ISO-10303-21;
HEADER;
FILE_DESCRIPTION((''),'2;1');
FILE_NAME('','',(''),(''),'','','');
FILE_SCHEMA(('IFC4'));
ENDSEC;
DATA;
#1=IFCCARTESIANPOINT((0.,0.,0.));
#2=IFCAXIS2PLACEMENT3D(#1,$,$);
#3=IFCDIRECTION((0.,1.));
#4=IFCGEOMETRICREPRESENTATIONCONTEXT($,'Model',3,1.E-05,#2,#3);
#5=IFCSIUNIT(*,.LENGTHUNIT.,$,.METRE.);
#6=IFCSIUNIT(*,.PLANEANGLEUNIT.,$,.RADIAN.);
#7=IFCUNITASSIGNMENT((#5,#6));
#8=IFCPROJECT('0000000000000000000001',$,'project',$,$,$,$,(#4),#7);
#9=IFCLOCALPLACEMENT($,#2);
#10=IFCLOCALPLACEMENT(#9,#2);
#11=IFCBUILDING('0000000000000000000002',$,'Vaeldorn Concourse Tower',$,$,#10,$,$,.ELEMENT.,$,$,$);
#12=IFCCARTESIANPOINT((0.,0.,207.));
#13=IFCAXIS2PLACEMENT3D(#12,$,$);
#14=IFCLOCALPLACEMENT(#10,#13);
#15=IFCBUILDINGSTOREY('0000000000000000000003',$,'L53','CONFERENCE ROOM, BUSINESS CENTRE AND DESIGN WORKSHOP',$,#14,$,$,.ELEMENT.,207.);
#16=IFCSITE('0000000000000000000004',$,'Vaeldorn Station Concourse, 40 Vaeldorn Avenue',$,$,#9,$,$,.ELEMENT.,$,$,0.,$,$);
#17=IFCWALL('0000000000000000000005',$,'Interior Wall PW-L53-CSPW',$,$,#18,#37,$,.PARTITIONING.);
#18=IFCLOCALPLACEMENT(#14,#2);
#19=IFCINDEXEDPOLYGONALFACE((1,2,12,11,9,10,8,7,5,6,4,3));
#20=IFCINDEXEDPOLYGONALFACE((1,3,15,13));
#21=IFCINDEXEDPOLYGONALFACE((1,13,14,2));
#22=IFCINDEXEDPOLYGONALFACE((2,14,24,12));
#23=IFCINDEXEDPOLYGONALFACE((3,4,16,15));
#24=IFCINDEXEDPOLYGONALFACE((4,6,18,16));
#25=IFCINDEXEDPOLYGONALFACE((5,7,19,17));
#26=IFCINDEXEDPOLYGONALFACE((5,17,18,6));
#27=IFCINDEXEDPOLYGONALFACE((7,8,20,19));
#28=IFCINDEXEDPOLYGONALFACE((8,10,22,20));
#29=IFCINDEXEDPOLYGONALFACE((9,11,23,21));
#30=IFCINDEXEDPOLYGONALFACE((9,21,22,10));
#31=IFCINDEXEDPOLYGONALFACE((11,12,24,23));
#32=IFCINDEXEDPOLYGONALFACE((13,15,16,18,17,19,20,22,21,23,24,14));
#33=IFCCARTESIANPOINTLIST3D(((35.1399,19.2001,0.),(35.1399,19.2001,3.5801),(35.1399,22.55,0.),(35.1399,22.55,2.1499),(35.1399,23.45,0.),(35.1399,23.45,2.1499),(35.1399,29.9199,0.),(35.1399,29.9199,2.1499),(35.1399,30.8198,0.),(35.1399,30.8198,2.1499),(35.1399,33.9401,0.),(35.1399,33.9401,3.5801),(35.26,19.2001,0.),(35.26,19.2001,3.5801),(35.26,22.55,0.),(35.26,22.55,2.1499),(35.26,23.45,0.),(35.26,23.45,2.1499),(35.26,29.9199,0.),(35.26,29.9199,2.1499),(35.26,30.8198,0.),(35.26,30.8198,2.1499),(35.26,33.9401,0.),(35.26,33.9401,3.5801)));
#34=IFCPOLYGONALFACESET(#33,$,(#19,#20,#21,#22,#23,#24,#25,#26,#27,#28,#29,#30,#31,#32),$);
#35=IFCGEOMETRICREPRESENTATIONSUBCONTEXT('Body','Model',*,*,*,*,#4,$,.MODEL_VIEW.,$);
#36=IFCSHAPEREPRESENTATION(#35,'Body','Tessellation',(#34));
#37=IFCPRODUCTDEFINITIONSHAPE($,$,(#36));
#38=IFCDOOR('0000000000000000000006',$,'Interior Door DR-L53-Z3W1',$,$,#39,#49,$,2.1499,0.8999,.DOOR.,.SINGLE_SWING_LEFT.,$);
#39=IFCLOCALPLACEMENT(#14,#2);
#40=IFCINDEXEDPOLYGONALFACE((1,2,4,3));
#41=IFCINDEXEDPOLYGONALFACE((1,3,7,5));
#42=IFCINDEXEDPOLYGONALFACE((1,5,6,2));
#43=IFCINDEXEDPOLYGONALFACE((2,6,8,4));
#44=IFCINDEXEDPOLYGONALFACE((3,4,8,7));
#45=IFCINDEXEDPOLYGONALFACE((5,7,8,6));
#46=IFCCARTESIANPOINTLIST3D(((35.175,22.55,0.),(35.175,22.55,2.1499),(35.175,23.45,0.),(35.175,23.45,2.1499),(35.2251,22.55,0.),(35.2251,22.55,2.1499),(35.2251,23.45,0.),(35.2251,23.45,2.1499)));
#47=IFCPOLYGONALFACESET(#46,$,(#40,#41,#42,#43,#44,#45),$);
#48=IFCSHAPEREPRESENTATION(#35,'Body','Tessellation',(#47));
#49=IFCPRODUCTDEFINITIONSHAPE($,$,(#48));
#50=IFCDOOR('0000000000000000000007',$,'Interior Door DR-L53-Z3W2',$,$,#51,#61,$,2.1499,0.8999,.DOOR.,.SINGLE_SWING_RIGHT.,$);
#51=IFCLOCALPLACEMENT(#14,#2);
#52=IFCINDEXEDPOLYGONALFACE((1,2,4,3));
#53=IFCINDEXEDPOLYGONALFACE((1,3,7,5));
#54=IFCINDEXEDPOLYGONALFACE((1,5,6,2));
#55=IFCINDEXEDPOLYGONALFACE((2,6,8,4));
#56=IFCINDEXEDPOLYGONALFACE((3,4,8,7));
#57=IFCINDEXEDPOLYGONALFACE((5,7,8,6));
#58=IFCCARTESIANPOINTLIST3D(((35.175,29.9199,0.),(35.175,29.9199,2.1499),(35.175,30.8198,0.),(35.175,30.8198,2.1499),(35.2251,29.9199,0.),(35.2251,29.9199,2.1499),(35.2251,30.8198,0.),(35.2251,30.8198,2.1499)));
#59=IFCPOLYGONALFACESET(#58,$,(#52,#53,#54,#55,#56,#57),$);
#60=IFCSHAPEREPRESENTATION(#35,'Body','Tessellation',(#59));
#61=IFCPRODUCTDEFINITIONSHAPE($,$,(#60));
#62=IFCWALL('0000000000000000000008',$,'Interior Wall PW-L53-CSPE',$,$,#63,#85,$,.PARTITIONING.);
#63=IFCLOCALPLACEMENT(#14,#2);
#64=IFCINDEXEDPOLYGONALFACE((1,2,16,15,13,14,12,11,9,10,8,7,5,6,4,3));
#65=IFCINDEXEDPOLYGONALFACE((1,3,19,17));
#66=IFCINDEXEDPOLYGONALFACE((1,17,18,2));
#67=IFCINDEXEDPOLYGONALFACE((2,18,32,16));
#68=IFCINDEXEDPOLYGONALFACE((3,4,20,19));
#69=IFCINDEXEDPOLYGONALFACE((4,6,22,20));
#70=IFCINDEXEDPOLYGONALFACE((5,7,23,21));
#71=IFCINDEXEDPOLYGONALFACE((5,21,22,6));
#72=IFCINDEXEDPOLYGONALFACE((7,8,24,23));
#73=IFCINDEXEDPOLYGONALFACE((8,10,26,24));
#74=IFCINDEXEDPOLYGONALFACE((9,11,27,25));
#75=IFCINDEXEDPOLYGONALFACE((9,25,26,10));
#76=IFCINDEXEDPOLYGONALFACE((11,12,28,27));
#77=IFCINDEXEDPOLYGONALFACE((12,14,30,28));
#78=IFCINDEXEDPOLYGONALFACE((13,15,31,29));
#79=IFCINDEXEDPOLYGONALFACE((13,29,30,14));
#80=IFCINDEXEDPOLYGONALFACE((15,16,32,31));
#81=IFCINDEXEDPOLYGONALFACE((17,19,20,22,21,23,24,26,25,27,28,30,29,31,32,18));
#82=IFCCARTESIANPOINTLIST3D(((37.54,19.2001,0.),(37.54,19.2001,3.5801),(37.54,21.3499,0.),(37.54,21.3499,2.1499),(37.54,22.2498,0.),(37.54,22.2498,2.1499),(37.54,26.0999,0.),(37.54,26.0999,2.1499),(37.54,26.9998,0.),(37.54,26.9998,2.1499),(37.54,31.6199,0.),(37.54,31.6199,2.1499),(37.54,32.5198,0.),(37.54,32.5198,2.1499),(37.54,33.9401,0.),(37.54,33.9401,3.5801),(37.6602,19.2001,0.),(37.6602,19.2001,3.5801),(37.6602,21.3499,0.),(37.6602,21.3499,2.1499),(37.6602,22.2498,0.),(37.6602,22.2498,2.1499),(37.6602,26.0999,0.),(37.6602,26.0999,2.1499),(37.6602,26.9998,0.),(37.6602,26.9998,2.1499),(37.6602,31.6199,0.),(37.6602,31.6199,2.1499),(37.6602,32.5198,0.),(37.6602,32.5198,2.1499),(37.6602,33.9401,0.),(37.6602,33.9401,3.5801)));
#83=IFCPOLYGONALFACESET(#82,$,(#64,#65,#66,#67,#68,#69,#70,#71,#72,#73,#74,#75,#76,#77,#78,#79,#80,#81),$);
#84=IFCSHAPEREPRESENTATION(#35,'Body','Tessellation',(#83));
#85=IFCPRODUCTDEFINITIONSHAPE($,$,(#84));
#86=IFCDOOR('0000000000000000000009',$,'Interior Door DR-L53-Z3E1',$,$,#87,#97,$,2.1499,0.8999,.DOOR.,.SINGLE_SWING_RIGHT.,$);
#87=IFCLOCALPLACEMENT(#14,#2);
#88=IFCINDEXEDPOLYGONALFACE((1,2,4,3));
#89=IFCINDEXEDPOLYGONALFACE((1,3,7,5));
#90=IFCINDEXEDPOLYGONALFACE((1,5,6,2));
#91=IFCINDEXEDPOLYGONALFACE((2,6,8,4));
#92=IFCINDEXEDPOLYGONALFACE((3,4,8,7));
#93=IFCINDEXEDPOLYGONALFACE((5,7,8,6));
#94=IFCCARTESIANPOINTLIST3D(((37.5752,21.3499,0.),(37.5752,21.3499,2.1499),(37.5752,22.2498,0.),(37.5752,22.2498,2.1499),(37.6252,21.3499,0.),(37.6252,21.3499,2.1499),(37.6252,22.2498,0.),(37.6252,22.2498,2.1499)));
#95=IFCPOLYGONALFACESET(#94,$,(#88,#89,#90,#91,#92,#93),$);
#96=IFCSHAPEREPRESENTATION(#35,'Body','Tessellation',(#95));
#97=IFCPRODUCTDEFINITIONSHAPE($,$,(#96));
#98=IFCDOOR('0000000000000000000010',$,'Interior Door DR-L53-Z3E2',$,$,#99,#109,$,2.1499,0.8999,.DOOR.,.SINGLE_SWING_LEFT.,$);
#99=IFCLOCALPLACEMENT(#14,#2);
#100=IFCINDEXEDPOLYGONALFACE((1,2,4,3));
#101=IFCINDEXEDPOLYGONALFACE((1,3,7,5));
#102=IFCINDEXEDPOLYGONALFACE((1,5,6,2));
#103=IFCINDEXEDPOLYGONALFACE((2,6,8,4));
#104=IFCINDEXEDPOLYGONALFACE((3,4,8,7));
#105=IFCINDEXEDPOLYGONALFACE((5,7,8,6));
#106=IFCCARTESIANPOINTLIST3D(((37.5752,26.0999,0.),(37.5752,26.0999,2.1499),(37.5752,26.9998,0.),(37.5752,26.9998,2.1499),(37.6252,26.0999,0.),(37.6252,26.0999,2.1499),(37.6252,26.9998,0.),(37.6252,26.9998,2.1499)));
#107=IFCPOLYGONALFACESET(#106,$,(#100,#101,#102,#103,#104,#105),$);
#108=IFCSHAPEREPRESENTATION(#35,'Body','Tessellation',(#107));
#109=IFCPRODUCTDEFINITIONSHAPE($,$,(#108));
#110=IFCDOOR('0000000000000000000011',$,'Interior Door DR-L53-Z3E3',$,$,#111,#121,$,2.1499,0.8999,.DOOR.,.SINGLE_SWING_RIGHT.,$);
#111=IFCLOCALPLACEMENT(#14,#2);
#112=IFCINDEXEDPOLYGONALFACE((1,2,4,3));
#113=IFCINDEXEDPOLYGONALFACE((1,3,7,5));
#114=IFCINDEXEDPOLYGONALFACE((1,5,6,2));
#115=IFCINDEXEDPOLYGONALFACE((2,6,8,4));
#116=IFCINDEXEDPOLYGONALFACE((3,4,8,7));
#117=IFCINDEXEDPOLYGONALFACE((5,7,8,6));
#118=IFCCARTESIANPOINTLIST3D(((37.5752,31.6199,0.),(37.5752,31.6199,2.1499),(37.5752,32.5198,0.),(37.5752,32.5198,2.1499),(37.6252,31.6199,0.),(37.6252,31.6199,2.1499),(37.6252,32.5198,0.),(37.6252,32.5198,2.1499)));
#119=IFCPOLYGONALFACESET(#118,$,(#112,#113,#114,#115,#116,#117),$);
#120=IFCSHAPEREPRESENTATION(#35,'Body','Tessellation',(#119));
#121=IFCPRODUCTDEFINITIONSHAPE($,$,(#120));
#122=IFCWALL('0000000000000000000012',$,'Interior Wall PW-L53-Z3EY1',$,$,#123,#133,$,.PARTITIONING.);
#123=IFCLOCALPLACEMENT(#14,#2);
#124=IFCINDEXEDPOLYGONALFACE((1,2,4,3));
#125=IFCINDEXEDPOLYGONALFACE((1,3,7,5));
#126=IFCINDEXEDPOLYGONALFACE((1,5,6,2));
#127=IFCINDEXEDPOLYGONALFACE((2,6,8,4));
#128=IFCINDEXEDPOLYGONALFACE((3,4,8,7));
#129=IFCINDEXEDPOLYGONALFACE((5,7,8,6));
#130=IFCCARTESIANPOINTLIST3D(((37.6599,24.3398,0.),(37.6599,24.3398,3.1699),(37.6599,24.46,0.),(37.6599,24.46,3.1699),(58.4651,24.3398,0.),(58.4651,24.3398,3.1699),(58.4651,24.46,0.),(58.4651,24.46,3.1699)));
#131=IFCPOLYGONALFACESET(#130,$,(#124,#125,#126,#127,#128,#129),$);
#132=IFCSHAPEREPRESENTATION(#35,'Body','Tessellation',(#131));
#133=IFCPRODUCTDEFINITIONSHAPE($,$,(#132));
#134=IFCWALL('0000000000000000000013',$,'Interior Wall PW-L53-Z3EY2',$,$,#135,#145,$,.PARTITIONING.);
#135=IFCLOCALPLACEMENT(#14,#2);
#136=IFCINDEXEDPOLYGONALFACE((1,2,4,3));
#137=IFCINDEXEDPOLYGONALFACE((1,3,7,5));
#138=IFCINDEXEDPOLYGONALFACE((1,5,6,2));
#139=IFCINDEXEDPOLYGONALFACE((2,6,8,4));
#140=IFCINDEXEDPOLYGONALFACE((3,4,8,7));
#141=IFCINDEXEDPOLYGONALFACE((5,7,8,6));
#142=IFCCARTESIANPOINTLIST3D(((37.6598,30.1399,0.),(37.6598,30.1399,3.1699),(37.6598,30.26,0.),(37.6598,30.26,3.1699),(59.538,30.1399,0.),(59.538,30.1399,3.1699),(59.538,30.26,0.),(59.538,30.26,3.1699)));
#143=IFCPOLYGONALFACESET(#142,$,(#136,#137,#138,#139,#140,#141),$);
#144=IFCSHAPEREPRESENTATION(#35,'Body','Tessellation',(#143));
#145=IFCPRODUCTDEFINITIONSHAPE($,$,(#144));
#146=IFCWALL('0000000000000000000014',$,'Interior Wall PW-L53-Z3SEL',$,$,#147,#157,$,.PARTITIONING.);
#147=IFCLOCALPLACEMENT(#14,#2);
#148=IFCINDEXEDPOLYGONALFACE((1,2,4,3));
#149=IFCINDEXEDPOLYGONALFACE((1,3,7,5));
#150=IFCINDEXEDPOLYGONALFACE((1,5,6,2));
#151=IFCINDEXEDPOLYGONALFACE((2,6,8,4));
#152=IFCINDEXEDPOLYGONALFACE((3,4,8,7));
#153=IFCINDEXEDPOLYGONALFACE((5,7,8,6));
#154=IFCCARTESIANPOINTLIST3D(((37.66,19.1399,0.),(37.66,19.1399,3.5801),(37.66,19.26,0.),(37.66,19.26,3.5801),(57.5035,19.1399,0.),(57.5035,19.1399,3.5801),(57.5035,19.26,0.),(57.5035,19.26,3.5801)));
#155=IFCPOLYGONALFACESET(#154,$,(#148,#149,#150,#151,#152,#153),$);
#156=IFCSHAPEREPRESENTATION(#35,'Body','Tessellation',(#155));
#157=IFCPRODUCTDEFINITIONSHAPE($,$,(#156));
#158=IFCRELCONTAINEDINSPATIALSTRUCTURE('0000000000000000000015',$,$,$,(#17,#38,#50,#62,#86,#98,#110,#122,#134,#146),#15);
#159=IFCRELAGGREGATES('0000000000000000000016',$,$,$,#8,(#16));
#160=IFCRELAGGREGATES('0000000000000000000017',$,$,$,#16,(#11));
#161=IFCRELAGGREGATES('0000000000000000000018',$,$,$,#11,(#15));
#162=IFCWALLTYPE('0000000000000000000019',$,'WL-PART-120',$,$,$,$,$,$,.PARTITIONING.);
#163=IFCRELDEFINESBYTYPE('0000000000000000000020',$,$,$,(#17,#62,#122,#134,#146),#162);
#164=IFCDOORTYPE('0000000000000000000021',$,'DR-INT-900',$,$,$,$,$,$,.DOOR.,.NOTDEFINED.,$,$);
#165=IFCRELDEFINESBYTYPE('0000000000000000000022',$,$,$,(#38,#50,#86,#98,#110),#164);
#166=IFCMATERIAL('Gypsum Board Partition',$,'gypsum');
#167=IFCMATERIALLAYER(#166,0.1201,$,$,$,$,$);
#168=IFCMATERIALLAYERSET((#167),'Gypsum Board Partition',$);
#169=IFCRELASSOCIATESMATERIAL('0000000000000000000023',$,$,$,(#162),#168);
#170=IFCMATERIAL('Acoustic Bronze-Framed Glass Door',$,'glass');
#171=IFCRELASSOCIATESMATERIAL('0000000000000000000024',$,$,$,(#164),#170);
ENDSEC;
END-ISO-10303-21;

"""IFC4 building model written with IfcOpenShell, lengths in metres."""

from ifc_helpers import new_model, si_unit, direction, frame, frame_2d, origin, place, context, subcontext, project, spatial, rectangle, extrude, source, transform, mapped, material, layer, layer_set, type_object, element, fill, save


model = new_model("IFC4")

# Units and contexts
model_context = context("Model", 3, precision=1e-05, world=origin(), true_north=direction((0.0, 1.0)))
body_context = subcontext(model_context, "Body", "Model", "MODEL_VIEW")
ifc_project = project(units=[si_unit("LENGTHUNIT", "METRE"), si_unit("PLANEANGLEUNIT", "RADIAN")], contexts=[model_context])

# Site, building, storey
site_placement = place(None, origin())
site = spatial("IfcSite", under=ifc_project, at=site_placement, Name="Vaeldorn Station Concourse, 40 Vaeldorn Avenue", CompositionType="ELEMENT", RefElevation=0.0)
building_placement = place(site_placement, origin())
building = spatial("IfcBuilding", under=site, at=building_placement, Name="Vaeldorn Concourse Tower", CompositionType="ELEMENT")
storey_placement = place(building_placement, frame((0.0, 0.0, 207.0)))
storey = spatial("IfcBuildingStorey", under=building, at=storey_placement, Name="L53", Description="CONFERENCE ROOM, BUSINESS CENTRE AND DESIGN WORKSHOP", CompositionType="ELEMENT", Elevation=207.0)

# Walls, openings, doors
ifc_material_1 = material(Name="Gypsum Board Partition", Category="gypsum")
ifc_layer = layer(ifc_material_1, 0.1201)
ifc_layer_set = layer_set([ifc_layer], Name="Gypsum Board Partition")
wall_type = type_object("IfcWallType", Name="WL-PART-120", PredefinedType="PARTITIONING", material=ifc_layer_set)
wall_1_placement = place(storey_placement, frame((35.2, 19.2, 0.0), z_axis=(0.0, 0.0, 1.0), x_axis=(0.0, 1.0, 0.0)))
wall_1 = element("IfcWall", 1, at=wall_1_placement, inside=storey, type_object=wall_type, Name="Interior Wall PW-L53-CSPW", PredefinedType="PARTITIONING", context=body_context, shape_type="SweptSolid", body=[
    extrude(rectangle(XDim=14.74, YDim=0.1201, at=frame_2d((7.3701, 0.0))), origin(), (0.0, 0.0, 1.0), 3.5801),
])
opening_1_placement = place(wall_1_placement, frame((3.3501, 0.0, 0.0)))
opening_1 = element("IfcOpeningElement", 2, at=opening_1_placement, cuts=wall_1, PredefinedType="OPENING", context=body_context, shape_type="SweptSolid", body=[
    extrude(rectangle(XDim=0.8999, YDim=2.1499, at=frame_2d((0.45, 1.075))), frame((0.0, 0.0701, 0.0), z_axis=(0.0, -1.0, 0.0), x_axis=(1.0, 0.0, 0.0)), (0.0, 0.0, 1.0), 0.1401),
])
opening_2_placement = place(wall_1_placement, frame((10.72, 0.0, 0.0)))
opening_2 = element("IfcOpeningElement", 3, at=opening_2_placement, cuts=wall_1, PredefinedType="OPENING", context=body_context, shape_type="SweptSolid", body=[
    extrude(rectangle(XDim=0.8999, YDim=2.1499, at=frame_2d((0.45, 1.075))), frame((0.0, 0.0701, 0.0), z_axis=(0.0, -1.0, 0.0), x_axis=(1.0, 0.0, 0.0)), (0.0, 0.0, 1.0), 0.1401),
])
ifc_material_2 = material(Name="Acoustic Bronze-Framed Glass Door", Category="glass")
door_type = type_object("IfcDoorType", Name="DR-INT-900", OperationType="NOTDEFINED", PredefinedType="DOOR", material=ifc_material_2)
shared_shape_1 = source(origin(), body_context, "Body", "SweptSolid", [
    extrude(rectangle(XDim=0.8999, YDim=2.1499, at=frame_2d((0.45, 1.075))), frame((0.0, 0.0249, 0.0), z_axis=(0.0, -1.0, 0.0), x_axis=(1.0, 0.0, 0.0)), (0.0, 0.0, 1.0), 0.05),
])
door_1_placement = place(opening_1_placement, origin())
door_1 = element("IfcDoor", 4, at=door_1_placement, inside=storey, type_object=door_type, Name="Interior Door DR-L53-Z3W1", OperationType="SINGLE_SWING_LEFT", OverallHeight=2.1499, OverallWidth=0.8999, PredefinedType="DOOR", context=body_context, shape_type="MappedRepresentation", body=[
    mapped(shared_shape_1, transform((0.0, 0.0, 0.0), scale=1.0)),
])
fill(opening_1, door_1)
door_2_placement = place(opening_2_placement, origin())
door_2 = element("IfcDoor", 5, at=door_2_placement, inside=storey, type_object=door_type, Name="Interior Door DR-L53-Z3W2", OperationType="SINGLE_SWING_RIGHT", OverallHeight=2.1499, OverallWidth=0.8999, PredefinedType="DOOR", context=body_context, shape_type="MappedRepresentation", body=[
    mapped(shared_shape_1, transform((0.0, 0.0, 0.0), scale=1.0)),
])
fill(opening_2, door_2)
wall_2_placement = place(storey_placement, frame((37.6001, 19.2, 0.0), z_axis=(0.0, 0.0, 1.0), x_axis=(0.0, 1.0, 0.0)))
wall_2 = element("IfcWall", 6, at=wall_2_placement, inside=storey, type_object=wall_type, Name="Interior Wall PW-L53-CSPE", PredefinedType="PARTITIONING", context=body_context, shape_type="SweptSolid", body=[
    extrude(rectangle(XDim=14.74, YDim=0.1201, at=frame_2d((7.3701, 0.0))), origin(), (0.0, 0.0, 1.0), 3.5801),
])
opening_3_placement = place(wall_2_placement, frame((2.1499, 0.0, 0.0)))
opening_3 = element("IfcOpeningElement", 7, at=opening_3_placement, cuts=wall_2, PredefinedType="OPENING", context=body_context, shape_type="SweptSolid", body=[
    extrude(rectangle(XDim=0.8999, YDim=2.1499, at=frame_2d((0.45, 1.075))), frame((0.0, 0.0701, 0.0), z_axis=(0.0, -1.0, 0.0), x_axis=(1.0, 0.0, 0.0)), (0.0, 0.0, 1.0), 0.1401),
])
opening_4_placement = place(wall_2_placement, frame((6.8999, 0.0, 0.0)))
opening_4 = element("IfcOpeningElement", 8, at=opening_4_placement, cuts=wall_2, PredefinedType="OPENING", context=body_context, shape_type="SweptSolid", body=[
    extrude(rectangle(XDim=0.8999, YDim=2.1499, at=frame_2d((0.45, 1.075))), frame((0.0, 0.0701, 0.0), z_axis=(0.0, -1.0, 0.0), x_axis=(1.0, 0.0, 0.0)), (0.0, 0.0, 1.0), 0.1401),
])
opening_5_placement = place(wall_2_placement, frame((12.4199, 0.0, 0.0)))
opening_5 = element("IfcOpeningElement", 9, at=opening_5_placement, cuts=wall_2, PredefinedType="OPENING", context=body_context, shape_type="SweptSolid", body=[
    extrude(rectangle(XDim=0.8999, YDim=2.1499, at=frame_2d((0.45, 1.075))), frame((0.0, 0.0701, 0.0), z_axis=(0.0, -1.0, 0.0), x_axis=(1.0, 0.0, 0.0)), (0.0, 0.0, 1.0), 0.1401),
])
door_3_placement = place(opening_3_placement, origin())
door_3 = element("IfcDoor", 10, at=door_3_placement, inside=storey, type_object=door_type, Name="Interior Door DR-L53-Z3E1", OperationType="SINGLE_SWING_RIGHT", OverallHeight=2.1499, OverallWidth=0.8999, PredefinedType="DOOR", context=body_context, shape_type="MappedRepresentation", body=[
    mapped(shared_shape_1, transform((0.0, 0.0, 0.0), scale=1.0)),
])
fill(opening_3, door_3)
door_4_placement = place(opening_4_placement, origin())
door_4 = element("IfcDoor", 11, at=door_4_placement, inside=storey, type_object=door_type, Name="Interior Door DR-L53-Z3E2", OperationType="SINGLE_SWING_LEFT", OverallHeight=2.1499, OverallWidth=0.8999, PredefinedType="DOOR", context=body_context, shape_type="MappedRepresentation", body=[
    mapped(shared_shape_1, transform((0.0, 0.0, 0.0), scale=1.0)),
])
fill(opening_4, door_4)
door_5_placement = place(opening_5_placement, origin())
door_5 = element("IfcDoor", 12, at=door_5_placement, inside=storey, type_object=door_type, Name="Interior Door DR-L53-Z3E3", OperationType="SINGLE_SWING_RIGHT", OverallHeight=2.1499, OverallWidth=0.8999, PredefinedType="DOOR", context=body_context, shape_type="MappedRepresentation", body=[
    mapped(shared_shape_1, transform((0.0, 0.0, 0.0), scale=1.0)),
])
fill(opening_5, door_5)

# Walls
wall_3_placement = place(storey_placement, frame((37.6599, 24.3999, 0.0), z_axis=(0.0, 0.0, 1.0), x_axis=(1.0, 0.0, 0.0)))
element("IfcWall", 13, at=wall_3_placement, inside=storey, type_object=wall_type, Name="Interior Wall PW-L53-Z3EY1", PredefinedType="PARTITIONING", context=body_context, shape_type="SweptSolid", body=[
    extrude(rectangle(XDim=20.8052, YDim=0.1201, at=frame_2d((10.4026, 0.0))), origin(), (0.0, 0.0, 1.0), 3.1699),
])
wall_4_placement = place(storey_placement, frame((37.6599, 30.2, 0.0), z_axis=(0.0, 0.0, 1.0), x_axis=(1.0, 0.0, 0.0)))
element("IfcWall", 14, at=wall_4_placement, inside=storey, type_object=wall_type, Name="Interior Wall PW-L53-Z3EY2", PredefinedType="PARTITIONING", context=body_context, shape_type="SweptSolid", body=[
    extrude(rectangle(XDim=21.8782, YDim=0.1201, at=frame_2d((10.939, 0.0))), origin(), (0.0, 0.0, 1.0), 3.1699),
])
wall_5_placement = place(storey_placement, frame((37.6599, 19.2, 0.0), z_axis=(0.0, 0.0, 1.0), x_axis=(1.0, 0.0, 0.0)))
element("IfcWall", 15, at=wall_5_placement, inside=storey, type_object=wall_type, Name="Interior Wall PW-L53-Z3SEL", PredefinedType="PARTITIONING", context=body_context, shape_type="SweptSolid", body=[
    extrude(rectangle(XDim=19.8435, YDim=0.1201, at=frame_2d((9.9219, 0.0))), origin(), (0.0, 0.0, 1.0), 3.5801),
])

save(model, "model.ifc")
